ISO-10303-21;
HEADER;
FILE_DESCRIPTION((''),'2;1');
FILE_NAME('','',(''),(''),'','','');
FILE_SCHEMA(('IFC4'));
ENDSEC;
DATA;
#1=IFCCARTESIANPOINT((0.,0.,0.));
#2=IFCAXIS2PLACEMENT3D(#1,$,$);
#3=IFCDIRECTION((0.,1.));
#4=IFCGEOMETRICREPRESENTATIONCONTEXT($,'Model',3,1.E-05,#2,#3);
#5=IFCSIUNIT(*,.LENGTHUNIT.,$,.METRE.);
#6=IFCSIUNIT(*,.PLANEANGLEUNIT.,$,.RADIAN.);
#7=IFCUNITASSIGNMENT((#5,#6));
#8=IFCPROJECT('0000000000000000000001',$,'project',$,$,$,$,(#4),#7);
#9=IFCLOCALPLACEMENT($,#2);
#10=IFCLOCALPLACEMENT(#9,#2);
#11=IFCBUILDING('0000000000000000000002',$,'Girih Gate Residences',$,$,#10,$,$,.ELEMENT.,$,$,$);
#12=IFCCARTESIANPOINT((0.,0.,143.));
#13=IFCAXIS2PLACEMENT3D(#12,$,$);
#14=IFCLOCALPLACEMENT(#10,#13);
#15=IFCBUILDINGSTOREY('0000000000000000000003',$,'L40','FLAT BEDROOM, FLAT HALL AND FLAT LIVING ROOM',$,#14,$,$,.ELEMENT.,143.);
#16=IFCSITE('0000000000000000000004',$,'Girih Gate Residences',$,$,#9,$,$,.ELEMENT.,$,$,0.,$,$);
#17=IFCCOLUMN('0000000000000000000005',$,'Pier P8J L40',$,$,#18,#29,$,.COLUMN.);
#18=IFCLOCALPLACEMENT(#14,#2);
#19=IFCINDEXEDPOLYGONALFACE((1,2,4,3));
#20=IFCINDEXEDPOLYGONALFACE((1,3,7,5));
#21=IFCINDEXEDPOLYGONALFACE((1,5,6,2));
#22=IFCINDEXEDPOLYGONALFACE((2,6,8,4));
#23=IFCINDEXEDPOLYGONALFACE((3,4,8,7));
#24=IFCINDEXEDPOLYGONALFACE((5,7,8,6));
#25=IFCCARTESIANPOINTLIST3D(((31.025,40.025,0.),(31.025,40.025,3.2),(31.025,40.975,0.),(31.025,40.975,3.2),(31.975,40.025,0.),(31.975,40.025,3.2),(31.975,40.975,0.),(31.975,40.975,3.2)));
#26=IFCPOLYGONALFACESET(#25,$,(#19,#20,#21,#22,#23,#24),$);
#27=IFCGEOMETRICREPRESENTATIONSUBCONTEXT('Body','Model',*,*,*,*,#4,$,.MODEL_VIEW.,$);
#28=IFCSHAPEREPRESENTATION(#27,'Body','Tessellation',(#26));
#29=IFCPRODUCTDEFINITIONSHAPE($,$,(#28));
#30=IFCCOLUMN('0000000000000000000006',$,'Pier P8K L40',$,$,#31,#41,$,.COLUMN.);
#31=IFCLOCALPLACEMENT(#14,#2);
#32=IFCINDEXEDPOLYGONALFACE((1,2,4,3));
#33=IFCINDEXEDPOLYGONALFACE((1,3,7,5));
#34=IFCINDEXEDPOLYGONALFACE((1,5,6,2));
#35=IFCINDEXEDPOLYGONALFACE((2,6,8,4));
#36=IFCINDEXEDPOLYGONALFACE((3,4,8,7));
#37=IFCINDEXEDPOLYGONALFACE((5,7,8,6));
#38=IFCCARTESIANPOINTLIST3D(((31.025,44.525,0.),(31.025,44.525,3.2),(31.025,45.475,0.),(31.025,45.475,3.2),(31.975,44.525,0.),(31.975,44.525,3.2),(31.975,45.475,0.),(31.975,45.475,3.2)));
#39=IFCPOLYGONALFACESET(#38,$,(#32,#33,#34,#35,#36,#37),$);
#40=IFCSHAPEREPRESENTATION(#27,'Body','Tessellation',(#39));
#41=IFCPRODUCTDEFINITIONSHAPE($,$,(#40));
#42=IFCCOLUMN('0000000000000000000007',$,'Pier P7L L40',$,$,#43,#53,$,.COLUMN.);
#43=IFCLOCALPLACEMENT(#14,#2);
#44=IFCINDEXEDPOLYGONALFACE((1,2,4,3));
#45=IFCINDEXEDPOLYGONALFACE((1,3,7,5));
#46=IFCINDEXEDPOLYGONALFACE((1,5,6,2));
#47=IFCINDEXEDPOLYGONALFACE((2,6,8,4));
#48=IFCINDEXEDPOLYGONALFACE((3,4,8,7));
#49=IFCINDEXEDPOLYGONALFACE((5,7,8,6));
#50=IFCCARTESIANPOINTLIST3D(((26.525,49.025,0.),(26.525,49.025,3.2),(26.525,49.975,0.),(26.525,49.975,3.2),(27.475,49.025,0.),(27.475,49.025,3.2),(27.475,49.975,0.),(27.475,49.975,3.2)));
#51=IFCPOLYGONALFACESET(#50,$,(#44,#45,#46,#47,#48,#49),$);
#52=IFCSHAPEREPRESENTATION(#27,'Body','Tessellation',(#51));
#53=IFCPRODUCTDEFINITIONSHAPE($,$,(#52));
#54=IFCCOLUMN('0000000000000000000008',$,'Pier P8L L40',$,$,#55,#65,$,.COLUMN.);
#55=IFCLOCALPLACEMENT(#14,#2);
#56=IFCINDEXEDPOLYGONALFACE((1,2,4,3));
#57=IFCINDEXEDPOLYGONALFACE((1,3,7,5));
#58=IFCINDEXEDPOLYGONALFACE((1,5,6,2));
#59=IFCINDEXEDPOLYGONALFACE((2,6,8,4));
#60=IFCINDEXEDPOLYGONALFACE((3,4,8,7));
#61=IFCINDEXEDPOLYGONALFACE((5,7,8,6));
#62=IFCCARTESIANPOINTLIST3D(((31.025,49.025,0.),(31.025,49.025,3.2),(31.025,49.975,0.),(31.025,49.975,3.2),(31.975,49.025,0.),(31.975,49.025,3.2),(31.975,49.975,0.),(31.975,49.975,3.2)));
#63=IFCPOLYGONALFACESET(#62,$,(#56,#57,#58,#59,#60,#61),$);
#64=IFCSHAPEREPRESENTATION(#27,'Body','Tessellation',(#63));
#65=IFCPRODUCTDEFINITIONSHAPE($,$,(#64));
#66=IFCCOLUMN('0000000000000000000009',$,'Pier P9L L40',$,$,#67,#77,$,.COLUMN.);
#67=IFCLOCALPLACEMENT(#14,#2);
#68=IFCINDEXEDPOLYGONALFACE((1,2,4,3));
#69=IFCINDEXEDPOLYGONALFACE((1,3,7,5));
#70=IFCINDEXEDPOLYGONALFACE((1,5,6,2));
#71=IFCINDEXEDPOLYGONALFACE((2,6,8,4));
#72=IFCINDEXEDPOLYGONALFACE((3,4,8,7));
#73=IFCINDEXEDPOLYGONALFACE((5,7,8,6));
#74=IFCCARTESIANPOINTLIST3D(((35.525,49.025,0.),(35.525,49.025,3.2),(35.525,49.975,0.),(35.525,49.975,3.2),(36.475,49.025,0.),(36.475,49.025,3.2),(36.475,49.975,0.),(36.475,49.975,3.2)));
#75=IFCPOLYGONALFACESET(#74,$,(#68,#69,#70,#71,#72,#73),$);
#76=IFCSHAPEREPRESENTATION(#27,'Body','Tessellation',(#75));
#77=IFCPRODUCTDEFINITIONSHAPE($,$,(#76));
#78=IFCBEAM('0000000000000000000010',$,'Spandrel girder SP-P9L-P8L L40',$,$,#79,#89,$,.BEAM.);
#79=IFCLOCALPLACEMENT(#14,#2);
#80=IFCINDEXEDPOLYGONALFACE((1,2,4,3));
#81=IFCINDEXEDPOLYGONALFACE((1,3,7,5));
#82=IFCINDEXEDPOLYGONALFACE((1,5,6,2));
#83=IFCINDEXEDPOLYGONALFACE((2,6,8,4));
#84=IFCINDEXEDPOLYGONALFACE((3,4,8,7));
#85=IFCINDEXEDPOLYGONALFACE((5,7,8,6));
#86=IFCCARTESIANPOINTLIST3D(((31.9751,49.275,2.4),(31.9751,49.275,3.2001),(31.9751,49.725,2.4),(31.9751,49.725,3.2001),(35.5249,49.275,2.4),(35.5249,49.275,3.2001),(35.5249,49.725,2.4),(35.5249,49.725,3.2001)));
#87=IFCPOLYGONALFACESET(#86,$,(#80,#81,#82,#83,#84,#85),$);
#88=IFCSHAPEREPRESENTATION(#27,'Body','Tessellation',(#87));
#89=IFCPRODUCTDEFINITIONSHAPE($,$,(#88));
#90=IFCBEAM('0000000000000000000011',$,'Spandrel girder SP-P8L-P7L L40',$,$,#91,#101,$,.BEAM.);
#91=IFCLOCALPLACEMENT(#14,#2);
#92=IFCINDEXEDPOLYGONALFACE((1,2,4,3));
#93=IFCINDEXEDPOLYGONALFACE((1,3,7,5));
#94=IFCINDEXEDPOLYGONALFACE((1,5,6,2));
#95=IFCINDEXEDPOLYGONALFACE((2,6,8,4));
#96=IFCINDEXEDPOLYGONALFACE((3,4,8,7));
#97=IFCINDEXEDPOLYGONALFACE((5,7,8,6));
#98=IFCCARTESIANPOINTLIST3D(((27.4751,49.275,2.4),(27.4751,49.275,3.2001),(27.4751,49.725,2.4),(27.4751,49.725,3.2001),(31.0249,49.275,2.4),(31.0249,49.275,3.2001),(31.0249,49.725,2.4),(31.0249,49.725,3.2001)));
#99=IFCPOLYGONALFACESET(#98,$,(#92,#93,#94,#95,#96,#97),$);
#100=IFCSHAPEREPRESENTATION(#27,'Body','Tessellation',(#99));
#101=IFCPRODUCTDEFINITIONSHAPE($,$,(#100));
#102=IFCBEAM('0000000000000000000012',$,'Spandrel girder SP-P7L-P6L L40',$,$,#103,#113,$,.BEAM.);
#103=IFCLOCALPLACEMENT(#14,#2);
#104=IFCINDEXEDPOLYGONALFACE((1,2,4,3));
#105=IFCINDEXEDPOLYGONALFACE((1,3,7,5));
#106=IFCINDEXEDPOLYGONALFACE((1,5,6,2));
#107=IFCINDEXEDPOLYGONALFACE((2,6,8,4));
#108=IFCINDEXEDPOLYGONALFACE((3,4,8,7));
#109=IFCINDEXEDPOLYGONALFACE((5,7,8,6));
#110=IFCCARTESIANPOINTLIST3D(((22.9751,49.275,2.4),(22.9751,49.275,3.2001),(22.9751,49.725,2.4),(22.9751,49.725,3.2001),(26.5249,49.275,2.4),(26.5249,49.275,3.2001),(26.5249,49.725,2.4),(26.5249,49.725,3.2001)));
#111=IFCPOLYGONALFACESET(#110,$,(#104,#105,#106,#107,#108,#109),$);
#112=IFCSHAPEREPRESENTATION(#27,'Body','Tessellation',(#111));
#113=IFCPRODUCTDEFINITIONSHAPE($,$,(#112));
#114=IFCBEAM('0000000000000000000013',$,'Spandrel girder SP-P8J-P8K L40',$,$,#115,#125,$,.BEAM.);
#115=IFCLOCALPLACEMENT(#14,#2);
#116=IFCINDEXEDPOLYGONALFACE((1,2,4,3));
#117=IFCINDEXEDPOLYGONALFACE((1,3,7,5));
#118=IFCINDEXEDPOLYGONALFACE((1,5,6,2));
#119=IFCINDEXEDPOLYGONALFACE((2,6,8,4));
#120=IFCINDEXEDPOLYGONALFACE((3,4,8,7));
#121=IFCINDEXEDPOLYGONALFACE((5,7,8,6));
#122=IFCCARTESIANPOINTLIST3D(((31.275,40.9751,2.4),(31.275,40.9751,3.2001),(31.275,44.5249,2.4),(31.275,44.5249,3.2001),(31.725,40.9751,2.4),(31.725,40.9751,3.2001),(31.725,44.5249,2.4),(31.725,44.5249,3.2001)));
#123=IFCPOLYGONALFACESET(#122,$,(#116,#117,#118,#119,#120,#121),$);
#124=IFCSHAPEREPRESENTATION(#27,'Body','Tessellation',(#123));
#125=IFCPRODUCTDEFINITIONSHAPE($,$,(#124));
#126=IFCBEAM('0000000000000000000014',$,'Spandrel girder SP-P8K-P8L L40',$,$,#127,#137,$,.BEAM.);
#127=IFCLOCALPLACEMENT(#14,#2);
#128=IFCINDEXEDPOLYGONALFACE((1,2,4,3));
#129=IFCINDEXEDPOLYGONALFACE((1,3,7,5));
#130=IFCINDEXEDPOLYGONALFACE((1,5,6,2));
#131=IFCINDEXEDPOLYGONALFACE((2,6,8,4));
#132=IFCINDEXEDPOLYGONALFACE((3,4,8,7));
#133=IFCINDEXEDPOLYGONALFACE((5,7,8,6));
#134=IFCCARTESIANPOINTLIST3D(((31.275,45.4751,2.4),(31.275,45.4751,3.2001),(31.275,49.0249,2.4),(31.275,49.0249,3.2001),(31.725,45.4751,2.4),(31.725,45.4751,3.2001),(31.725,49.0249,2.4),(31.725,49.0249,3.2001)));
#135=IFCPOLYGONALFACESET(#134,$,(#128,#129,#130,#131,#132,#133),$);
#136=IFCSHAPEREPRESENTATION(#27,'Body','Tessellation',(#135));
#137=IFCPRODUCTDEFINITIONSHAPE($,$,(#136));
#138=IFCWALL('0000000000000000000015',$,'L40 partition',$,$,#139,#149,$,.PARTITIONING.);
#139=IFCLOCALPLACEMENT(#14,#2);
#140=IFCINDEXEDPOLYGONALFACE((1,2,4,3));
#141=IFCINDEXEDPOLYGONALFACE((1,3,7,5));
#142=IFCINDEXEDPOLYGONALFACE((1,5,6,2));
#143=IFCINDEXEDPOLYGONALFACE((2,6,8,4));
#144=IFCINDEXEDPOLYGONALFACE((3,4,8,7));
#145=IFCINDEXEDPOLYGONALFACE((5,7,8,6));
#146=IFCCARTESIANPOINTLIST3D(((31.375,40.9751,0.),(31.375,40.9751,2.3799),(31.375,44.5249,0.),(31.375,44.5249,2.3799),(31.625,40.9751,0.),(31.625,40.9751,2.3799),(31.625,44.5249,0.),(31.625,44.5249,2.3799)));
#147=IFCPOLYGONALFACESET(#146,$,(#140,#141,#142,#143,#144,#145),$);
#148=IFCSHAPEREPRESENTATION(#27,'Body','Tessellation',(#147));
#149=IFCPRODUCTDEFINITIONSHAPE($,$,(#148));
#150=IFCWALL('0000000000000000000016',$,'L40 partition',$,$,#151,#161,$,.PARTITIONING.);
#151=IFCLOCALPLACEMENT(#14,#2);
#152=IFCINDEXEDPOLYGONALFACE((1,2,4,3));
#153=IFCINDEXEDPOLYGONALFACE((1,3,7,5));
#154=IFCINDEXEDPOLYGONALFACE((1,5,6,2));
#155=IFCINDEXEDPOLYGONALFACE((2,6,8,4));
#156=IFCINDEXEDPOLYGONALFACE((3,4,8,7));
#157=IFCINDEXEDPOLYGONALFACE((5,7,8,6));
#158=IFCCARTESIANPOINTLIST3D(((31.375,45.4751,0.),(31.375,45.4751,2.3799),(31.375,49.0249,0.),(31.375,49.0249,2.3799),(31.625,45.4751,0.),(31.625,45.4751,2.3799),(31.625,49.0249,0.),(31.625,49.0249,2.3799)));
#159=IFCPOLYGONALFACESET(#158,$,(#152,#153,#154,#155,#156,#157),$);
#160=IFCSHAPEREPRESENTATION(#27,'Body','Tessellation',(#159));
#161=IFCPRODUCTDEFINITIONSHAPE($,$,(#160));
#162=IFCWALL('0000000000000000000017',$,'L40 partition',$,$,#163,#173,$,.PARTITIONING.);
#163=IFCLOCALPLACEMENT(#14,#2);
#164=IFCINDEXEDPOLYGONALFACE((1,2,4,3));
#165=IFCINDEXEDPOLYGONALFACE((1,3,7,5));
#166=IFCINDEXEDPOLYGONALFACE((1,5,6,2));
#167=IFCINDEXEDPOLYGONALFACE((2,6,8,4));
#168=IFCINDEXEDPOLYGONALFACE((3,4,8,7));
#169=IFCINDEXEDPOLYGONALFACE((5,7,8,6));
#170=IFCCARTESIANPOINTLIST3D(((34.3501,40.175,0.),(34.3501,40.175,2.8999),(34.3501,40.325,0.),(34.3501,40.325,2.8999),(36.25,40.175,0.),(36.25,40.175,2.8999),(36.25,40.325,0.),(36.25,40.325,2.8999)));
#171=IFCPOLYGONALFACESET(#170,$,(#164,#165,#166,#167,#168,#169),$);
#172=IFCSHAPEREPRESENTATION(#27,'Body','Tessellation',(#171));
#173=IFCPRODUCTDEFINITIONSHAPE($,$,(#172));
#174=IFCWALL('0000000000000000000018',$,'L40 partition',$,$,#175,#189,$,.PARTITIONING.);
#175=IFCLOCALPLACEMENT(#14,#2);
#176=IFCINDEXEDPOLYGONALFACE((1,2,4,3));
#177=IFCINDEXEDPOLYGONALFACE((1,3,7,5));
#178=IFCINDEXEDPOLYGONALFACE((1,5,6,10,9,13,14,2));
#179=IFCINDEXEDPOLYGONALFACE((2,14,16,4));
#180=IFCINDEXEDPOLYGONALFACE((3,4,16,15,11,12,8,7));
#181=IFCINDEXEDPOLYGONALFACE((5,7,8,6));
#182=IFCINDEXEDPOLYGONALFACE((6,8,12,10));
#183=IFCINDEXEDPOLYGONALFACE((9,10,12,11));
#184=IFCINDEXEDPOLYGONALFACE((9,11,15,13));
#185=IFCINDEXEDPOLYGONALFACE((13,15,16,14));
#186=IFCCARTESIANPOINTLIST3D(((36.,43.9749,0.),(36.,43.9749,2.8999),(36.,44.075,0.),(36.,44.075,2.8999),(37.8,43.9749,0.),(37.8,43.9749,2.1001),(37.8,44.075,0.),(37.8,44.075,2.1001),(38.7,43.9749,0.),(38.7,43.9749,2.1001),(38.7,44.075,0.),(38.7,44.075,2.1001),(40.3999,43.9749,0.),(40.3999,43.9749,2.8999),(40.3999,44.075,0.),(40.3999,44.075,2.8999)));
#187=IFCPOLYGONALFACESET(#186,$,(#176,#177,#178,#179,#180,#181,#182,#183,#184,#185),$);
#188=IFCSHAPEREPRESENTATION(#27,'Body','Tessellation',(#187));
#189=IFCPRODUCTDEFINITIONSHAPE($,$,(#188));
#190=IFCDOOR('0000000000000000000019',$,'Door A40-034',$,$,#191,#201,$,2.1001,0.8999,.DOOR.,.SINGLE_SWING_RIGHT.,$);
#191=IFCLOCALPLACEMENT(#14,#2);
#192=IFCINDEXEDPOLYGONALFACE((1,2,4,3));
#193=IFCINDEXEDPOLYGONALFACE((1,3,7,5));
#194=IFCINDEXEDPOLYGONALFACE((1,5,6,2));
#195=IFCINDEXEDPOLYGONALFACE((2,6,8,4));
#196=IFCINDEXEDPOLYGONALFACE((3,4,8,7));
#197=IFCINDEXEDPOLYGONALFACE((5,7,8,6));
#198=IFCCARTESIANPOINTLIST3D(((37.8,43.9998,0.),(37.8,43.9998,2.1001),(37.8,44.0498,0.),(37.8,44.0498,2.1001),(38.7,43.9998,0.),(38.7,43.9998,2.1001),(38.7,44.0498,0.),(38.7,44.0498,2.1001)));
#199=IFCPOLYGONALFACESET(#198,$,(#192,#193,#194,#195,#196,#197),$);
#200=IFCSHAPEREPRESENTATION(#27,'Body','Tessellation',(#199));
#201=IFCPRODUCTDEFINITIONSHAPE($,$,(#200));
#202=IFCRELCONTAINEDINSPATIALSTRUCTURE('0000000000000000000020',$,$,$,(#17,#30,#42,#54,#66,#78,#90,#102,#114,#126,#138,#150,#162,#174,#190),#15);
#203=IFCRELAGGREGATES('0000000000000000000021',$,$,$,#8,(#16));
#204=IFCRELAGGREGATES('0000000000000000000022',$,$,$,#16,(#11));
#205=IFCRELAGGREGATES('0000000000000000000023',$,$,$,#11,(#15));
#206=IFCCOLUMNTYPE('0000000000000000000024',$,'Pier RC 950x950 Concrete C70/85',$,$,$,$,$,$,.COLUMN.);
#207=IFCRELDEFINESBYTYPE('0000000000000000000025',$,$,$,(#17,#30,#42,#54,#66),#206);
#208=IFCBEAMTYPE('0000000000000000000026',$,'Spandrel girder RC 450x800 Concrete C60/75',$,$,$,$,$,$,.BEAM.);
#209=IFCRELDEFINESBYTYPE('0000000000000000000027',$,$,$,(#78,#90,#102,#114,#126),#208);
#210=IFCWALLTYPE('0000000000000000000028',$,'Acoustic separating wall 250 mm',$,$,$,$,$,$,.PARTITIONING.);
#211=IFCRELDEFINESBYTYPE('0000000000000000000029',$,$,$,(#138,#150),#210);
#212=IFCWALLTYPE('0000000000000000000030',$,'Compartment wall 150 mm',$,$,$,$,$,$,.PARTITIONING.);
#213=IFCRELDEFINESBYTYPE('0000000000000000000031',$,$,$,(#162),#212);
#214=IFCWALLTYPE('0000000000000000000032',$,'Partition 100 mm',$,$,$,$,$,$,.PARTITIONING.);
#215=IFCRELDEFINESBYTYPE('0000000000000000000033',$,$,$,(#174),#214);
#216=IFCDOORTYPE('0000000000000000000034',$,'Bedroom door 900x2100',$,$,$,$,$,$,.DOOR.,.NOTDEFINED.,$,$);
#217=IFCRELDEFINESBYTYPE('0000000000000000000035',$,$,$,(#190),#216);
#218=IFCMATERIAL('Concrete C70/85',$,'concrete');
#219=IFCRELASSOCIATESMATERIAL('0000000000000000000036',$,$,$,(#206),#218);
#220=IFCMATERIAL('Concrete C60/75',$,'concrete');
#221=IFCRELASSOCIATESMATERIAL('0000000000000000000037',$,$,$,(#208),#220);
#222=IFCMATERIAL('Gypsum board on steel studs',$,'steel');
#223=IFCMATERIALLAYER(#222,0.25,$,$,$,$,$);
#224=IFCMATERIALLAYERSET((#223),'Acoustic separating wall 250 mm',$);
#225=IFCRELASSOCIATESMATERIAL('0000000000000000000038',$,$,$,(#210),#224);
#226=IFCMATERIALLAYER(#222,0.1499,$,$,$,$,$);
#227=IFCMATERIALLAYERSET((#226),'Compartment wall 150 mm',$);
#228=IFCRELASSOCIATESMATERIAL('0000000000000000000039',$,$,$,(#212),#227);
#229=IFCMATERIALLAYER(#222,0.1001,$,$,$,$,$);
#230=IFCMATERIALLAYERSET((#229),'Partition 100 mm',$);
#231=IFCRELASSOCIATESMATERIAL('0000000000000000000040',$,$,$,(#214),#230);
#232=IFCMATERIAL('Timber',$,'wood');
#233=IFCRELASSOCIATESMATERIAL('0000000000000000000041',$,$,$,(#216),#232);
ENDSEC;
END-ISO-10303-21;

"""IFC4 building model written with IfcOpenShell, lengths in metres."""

from ifc_helpers import new_model, si_unit, direction, frame, frame_2d, origin, origin_2d, place, context, subcontext, project, spatial, rectangle, extrude, material, layer, layer_set, material_profile, profile_set, type_object, element, fill, save


model = new_model("IFC4")

# Units and contexts
model_context = context("Model", 3, precision=1e-05, world=origin(), true_north=direction((0.0, 1.0)))
body_context = subcontext(model_context, "Body", "Model", "MODEL_VIEW")
ifc_project = project(units=[si_unit("LENGTHUNIT", "METRE"), si_unit("PLANEANGLEUNIT", "RADIAN")], contexts=[model_context])

# Site, building, storey
site_placement = place(None, origin())
site = spatial("IfcSite", under=ifc_project, at=site_placement, Name="Girih Gate Residences", CompositionType="ELEMENT", RefElevation=0.0)
building_placement = place(site_placement, origin())
building = spatial("IfcBuilding", under=site, at=building_placement, Name="Girih Gate Residences", CompositionType="ELEMENT")
storey_placement = place(building_placement, frame((0.0, 0.0, 143.0)))
storey = spatial("IfcBuildingStorey", under=building, at=storey_placement, Name="L40", Description="FLAT BEDROOM, FLAT HALL AND FLAT LIVING ROOM", CompositionType="ELEMENT", Elevation=143.0)

# Columns
ifc_material_1 = material(Name="Concrete C70/85", Category="concrete")
ifc_material_profile_1 = material_profile(ifc_material_1, rectangle(XDim=0.95, YDim=0.95, at=origin_2d()))
ifc_profile_set_1 = profile_set([ifc_material_profile_1], Name="Concrete C70/85")
column_type = type_object("IfcColumnType", Name="Pier RC 950x950 Concrete C70/85", PredefinedType="COLUMN", material=ifc_profile_set_1)
for number, where, z_axis, x_axis, name in (
    (1, (31.5, 40.5, 0.0), (0.0, 0.0, 1.0), (1.0, 0.0, 0.0), "Pier P8J L40"),
    (2, (31.5, 45.0, 0.0), (0.0, 0.0, 1.0), (1.0, 0.0, 0.0), "Pier P8K L40"),
    (3, (27.0, 49.5, 0.0), (0.0, 0.0, 1.0), (1.0, 0.0, 0.0), "Pier P7L L40"),
    (4, (31.5, 49.5, 0.0), (0.0, 0.0, 1.0), (1.0, 0.0, 0.0), "Pier P8L L40"),
    (5, (36.0, 49.5, 0.0), (0.0, 0.0, 1.0), (1.0, 0.0, 0.0), "Pier P9L L40"),
):
    element("IfcColumn", number, at=place(storey_placement, frame(where, z_axis=z_axis, x_axis=x_axis)), inside=storey, type_object=column_type, Name=name, PredefinedType="COLUMN", context=body_context, shape_type="SweptSolid", body=[
        extrude(rectangle(XDim=0.95, YDim=0.95, at=origin_2d()), origin(), (0.0, 0.0, 1.0), 3.2),
    ])

# Beams
ifc_material_2 = material(Name="Concrete C60/75", Category="concrete")
ifc_material_profile_2 = material_profile(ifc_material_2, rectangle(XDim=0.45, YDim=0.8, at=origin_2d()))
ifc_profile_set_2 = profile_set([ifc_material_profile_2], Name="Concrete C60/75")
beam_type = type_object("IfcBeamType", Name="Spandrel girder RC 450x800 Concrete C60/75", PredefinedType="BEAM", material=ifc_profile_set_2)
for number, where, z_axis, x_axis, name in (
    (6, (35.5249, 49.5, 2.8), (-1.0, 0.0, 0.0), (0.0, -1.0, 0.0), "Spandrel girder SP-P9L-P8L L40"),
    (7, (31.0249, 49.5, 2.8), (-1.0, 0.0, 0.0), (0.0, -1.0, 0.0), "Spandrel girder SP-P8L-P7L L40"),
    (8, (26.5249, 49.5, 2.8), (-1.0, 0.0, 0.0), (0.0, -1.0, 0.0), "Spandrel girder SP-P7L-P6L L40"),
    (9, (31.5, 40.9751, 2.8), (0.0, 1.0, 0.0), (-1.0, 0.0, 0.0), "Spandrel girder SP-P8J-P8K L40"),
    (10, (31.5, 45.4751, 2.8), (0.0, 1.0, 0.0), (-1.0, 0.0, 0.0), "Spandrel girder SP-P8K-P8L L40"),
):
    element("IfcBeam", number, at=place(storey_placement, frame(where, z_axis=z_axis, x_axis=x_axis)), inside=storey, type_object=beam_type, Name=name, PredefinedType="BEAM", context=body_context, shape_type="SweptSolid", body=[
        extrude(rectangle(XDim=0.45, YDim=0.8, at=origin_2d()), origin(), (0.0, 0.0, 1.0), 3.5498),
    ])

# Walls
ifc_material_3 = material(Name="Gypsum board on steel studs", Category="steel")
ifc_layer_1 = layer(ifc_material_3, 0.25)
ifc_layer_set_1 = layer_set([ifc_layer_1], Name="Acoustic separating wall 250 mm")
wall_type_1 = type_object("IfcWallType", Name="Acoustic separating wall 250 mm", PredefinedType="PARTITIONING", material=ifc_layer_set_1)
for number, where, z_axis, x_axis, name in (
    (11, (31.5, 40.9751, 0.0), (0.0, 0.0, 1.0), (0.0, 1.0, 0.0), "L40 partition"),
    (12, (31.5, 45.4751, 0.0), (0.0, 0.0, 1.0), (0.0, 1.0, 0.0), "L40 partition"),
):
    element("IfcWall", number, at=place(storey_placement, frame(where, z_axis=z_axis, x_axis=x_axis)), inside=storey, type_object=wall_type_1, Name=name, PredefinedType="PARTITIONING", context=body_context, shape_type="SweptSolid", body=[
        extrude(rectangle(XDim=3.5498, YDim=0.25, at=frame_2d((1.7749, 0.0))), origin(), (0.0, 0.0, 1.0), 2.3799),
    ])
ifc_layer_2 = layer(ifc_material_3, 0.1499)
ifc_layer_set_2 = layer_set([ifc_layer_2], Name="Compartment wall 150 mm")
wall_type_2 = type_object("IfcWallType", Name="Compartment wall 150 mm", PredefinedType="PARTITIONING", material=ifc_layer_set_2)
wall_1_placement = place(storey_placement, frame((34.3501, 40.25, 0.0), z_axis=(0.0, 0.0, 1.0), x_axis=(1.0, 0.0, 0.0)))
element("IfcWall", 13, at=wall_1_placement, inside=storey, type_object=wall_type_2, Name="L40 partition", PredefinedType="PARTITIONING", context=body_context, shape_type="SweptSolid", body=[
    extrude(rectangle(XDim=1.8999, YDim=0.1499, at=frame_2d((0.95, 0.0))), origin(), (0.0, 0.0, 1.0), 2.8999),
])

# Wall, opening, door
ifc_layer_3 = layer(ifc_material_3, 0.1001)
ifc_layer_set_3 = layer_set([ifc_layer_3], Name="Partition 100 mm")
wall_type_3 = type_object("IfcWallType", Name="Partition 100 mm", PredefinedType="PARTITIONING", material=ifc_layer_set_3)
wall_2_placement = place(storey_placement, frame((36.0, 44.0249, 0.0), z_axis=(0.0, 0.0, 1.0), x_axis=(1.0, 0.0, 0.0)))
wall_2 = element("IfcWall", 14, at=wall_2_placement, inside=storey, type_object=wall_type_3, Name="L40 partition", PredefinedType="PARTITIONING", context=body_context, shape_type="SweptSolid", body=[
    extrude(rectangle(XDim=4.3999, YDim=0.1001, at=frame_2d((2.2, 0.0))), origin(), (0.0, 0.0, 1.0), 2.8999),
])
opening_1_placement = place(wall_2_placement, frame((1.8, 0.0, 0.0)))
opening_1 = element("IfcOpeningElement", 15, at=opening_1_placement, cuts=wall_2, PredefinedType="OPENING", context=body_context, shape_type="SweptSolid", body=[
    extrude(rectangle(XDim=0.8999, YDim=2.1001, at=frame_2d((0.45, 1.05))), frame((0.0, 0.0601, 0.0), z_axis=(0.0, -1.0, 0.0), x_axis=(1.0, 0.0, 0.0)), (0.0, 0.0, 1.0), 0.1201),
])
ifc_material_4 = material(Name="Timber", Category="wood")
door_type_1 = type_object("IfcDoorType", Name="Bedroom door 900x2100", OperationType="NOTDEFINED", PredefinedType="DOOR", material=ifc_material_4)
door_1_placement = place(opening_1_placement, origin())
door_1 = element("IfcDoor", 16, at=door_1_placement, inside=storey, type_object=door_type_1, Name="Door A40-034", OperationType="SINGLE_SWING_RIGHT", OverallHeight=2.1001, OverallWidth=0.8999, PredefinedType="DOOR", context=body_context, shape_type="SweptSolid", body=[
    extrude(rectangle(XDim=0.8999, YDim=2.1001, at=frame_2d((0.45, 1.05))), frame((0.0, 0.0249, 0.0), z_axis=(0.0, -1.0, 0.0), x_axis=(1.0, 0.0, 0.0)), (0.0, 0.0, 1.0), 0.05),
])
fill(opening_1, door_1)

save(model, "model.ifc")
